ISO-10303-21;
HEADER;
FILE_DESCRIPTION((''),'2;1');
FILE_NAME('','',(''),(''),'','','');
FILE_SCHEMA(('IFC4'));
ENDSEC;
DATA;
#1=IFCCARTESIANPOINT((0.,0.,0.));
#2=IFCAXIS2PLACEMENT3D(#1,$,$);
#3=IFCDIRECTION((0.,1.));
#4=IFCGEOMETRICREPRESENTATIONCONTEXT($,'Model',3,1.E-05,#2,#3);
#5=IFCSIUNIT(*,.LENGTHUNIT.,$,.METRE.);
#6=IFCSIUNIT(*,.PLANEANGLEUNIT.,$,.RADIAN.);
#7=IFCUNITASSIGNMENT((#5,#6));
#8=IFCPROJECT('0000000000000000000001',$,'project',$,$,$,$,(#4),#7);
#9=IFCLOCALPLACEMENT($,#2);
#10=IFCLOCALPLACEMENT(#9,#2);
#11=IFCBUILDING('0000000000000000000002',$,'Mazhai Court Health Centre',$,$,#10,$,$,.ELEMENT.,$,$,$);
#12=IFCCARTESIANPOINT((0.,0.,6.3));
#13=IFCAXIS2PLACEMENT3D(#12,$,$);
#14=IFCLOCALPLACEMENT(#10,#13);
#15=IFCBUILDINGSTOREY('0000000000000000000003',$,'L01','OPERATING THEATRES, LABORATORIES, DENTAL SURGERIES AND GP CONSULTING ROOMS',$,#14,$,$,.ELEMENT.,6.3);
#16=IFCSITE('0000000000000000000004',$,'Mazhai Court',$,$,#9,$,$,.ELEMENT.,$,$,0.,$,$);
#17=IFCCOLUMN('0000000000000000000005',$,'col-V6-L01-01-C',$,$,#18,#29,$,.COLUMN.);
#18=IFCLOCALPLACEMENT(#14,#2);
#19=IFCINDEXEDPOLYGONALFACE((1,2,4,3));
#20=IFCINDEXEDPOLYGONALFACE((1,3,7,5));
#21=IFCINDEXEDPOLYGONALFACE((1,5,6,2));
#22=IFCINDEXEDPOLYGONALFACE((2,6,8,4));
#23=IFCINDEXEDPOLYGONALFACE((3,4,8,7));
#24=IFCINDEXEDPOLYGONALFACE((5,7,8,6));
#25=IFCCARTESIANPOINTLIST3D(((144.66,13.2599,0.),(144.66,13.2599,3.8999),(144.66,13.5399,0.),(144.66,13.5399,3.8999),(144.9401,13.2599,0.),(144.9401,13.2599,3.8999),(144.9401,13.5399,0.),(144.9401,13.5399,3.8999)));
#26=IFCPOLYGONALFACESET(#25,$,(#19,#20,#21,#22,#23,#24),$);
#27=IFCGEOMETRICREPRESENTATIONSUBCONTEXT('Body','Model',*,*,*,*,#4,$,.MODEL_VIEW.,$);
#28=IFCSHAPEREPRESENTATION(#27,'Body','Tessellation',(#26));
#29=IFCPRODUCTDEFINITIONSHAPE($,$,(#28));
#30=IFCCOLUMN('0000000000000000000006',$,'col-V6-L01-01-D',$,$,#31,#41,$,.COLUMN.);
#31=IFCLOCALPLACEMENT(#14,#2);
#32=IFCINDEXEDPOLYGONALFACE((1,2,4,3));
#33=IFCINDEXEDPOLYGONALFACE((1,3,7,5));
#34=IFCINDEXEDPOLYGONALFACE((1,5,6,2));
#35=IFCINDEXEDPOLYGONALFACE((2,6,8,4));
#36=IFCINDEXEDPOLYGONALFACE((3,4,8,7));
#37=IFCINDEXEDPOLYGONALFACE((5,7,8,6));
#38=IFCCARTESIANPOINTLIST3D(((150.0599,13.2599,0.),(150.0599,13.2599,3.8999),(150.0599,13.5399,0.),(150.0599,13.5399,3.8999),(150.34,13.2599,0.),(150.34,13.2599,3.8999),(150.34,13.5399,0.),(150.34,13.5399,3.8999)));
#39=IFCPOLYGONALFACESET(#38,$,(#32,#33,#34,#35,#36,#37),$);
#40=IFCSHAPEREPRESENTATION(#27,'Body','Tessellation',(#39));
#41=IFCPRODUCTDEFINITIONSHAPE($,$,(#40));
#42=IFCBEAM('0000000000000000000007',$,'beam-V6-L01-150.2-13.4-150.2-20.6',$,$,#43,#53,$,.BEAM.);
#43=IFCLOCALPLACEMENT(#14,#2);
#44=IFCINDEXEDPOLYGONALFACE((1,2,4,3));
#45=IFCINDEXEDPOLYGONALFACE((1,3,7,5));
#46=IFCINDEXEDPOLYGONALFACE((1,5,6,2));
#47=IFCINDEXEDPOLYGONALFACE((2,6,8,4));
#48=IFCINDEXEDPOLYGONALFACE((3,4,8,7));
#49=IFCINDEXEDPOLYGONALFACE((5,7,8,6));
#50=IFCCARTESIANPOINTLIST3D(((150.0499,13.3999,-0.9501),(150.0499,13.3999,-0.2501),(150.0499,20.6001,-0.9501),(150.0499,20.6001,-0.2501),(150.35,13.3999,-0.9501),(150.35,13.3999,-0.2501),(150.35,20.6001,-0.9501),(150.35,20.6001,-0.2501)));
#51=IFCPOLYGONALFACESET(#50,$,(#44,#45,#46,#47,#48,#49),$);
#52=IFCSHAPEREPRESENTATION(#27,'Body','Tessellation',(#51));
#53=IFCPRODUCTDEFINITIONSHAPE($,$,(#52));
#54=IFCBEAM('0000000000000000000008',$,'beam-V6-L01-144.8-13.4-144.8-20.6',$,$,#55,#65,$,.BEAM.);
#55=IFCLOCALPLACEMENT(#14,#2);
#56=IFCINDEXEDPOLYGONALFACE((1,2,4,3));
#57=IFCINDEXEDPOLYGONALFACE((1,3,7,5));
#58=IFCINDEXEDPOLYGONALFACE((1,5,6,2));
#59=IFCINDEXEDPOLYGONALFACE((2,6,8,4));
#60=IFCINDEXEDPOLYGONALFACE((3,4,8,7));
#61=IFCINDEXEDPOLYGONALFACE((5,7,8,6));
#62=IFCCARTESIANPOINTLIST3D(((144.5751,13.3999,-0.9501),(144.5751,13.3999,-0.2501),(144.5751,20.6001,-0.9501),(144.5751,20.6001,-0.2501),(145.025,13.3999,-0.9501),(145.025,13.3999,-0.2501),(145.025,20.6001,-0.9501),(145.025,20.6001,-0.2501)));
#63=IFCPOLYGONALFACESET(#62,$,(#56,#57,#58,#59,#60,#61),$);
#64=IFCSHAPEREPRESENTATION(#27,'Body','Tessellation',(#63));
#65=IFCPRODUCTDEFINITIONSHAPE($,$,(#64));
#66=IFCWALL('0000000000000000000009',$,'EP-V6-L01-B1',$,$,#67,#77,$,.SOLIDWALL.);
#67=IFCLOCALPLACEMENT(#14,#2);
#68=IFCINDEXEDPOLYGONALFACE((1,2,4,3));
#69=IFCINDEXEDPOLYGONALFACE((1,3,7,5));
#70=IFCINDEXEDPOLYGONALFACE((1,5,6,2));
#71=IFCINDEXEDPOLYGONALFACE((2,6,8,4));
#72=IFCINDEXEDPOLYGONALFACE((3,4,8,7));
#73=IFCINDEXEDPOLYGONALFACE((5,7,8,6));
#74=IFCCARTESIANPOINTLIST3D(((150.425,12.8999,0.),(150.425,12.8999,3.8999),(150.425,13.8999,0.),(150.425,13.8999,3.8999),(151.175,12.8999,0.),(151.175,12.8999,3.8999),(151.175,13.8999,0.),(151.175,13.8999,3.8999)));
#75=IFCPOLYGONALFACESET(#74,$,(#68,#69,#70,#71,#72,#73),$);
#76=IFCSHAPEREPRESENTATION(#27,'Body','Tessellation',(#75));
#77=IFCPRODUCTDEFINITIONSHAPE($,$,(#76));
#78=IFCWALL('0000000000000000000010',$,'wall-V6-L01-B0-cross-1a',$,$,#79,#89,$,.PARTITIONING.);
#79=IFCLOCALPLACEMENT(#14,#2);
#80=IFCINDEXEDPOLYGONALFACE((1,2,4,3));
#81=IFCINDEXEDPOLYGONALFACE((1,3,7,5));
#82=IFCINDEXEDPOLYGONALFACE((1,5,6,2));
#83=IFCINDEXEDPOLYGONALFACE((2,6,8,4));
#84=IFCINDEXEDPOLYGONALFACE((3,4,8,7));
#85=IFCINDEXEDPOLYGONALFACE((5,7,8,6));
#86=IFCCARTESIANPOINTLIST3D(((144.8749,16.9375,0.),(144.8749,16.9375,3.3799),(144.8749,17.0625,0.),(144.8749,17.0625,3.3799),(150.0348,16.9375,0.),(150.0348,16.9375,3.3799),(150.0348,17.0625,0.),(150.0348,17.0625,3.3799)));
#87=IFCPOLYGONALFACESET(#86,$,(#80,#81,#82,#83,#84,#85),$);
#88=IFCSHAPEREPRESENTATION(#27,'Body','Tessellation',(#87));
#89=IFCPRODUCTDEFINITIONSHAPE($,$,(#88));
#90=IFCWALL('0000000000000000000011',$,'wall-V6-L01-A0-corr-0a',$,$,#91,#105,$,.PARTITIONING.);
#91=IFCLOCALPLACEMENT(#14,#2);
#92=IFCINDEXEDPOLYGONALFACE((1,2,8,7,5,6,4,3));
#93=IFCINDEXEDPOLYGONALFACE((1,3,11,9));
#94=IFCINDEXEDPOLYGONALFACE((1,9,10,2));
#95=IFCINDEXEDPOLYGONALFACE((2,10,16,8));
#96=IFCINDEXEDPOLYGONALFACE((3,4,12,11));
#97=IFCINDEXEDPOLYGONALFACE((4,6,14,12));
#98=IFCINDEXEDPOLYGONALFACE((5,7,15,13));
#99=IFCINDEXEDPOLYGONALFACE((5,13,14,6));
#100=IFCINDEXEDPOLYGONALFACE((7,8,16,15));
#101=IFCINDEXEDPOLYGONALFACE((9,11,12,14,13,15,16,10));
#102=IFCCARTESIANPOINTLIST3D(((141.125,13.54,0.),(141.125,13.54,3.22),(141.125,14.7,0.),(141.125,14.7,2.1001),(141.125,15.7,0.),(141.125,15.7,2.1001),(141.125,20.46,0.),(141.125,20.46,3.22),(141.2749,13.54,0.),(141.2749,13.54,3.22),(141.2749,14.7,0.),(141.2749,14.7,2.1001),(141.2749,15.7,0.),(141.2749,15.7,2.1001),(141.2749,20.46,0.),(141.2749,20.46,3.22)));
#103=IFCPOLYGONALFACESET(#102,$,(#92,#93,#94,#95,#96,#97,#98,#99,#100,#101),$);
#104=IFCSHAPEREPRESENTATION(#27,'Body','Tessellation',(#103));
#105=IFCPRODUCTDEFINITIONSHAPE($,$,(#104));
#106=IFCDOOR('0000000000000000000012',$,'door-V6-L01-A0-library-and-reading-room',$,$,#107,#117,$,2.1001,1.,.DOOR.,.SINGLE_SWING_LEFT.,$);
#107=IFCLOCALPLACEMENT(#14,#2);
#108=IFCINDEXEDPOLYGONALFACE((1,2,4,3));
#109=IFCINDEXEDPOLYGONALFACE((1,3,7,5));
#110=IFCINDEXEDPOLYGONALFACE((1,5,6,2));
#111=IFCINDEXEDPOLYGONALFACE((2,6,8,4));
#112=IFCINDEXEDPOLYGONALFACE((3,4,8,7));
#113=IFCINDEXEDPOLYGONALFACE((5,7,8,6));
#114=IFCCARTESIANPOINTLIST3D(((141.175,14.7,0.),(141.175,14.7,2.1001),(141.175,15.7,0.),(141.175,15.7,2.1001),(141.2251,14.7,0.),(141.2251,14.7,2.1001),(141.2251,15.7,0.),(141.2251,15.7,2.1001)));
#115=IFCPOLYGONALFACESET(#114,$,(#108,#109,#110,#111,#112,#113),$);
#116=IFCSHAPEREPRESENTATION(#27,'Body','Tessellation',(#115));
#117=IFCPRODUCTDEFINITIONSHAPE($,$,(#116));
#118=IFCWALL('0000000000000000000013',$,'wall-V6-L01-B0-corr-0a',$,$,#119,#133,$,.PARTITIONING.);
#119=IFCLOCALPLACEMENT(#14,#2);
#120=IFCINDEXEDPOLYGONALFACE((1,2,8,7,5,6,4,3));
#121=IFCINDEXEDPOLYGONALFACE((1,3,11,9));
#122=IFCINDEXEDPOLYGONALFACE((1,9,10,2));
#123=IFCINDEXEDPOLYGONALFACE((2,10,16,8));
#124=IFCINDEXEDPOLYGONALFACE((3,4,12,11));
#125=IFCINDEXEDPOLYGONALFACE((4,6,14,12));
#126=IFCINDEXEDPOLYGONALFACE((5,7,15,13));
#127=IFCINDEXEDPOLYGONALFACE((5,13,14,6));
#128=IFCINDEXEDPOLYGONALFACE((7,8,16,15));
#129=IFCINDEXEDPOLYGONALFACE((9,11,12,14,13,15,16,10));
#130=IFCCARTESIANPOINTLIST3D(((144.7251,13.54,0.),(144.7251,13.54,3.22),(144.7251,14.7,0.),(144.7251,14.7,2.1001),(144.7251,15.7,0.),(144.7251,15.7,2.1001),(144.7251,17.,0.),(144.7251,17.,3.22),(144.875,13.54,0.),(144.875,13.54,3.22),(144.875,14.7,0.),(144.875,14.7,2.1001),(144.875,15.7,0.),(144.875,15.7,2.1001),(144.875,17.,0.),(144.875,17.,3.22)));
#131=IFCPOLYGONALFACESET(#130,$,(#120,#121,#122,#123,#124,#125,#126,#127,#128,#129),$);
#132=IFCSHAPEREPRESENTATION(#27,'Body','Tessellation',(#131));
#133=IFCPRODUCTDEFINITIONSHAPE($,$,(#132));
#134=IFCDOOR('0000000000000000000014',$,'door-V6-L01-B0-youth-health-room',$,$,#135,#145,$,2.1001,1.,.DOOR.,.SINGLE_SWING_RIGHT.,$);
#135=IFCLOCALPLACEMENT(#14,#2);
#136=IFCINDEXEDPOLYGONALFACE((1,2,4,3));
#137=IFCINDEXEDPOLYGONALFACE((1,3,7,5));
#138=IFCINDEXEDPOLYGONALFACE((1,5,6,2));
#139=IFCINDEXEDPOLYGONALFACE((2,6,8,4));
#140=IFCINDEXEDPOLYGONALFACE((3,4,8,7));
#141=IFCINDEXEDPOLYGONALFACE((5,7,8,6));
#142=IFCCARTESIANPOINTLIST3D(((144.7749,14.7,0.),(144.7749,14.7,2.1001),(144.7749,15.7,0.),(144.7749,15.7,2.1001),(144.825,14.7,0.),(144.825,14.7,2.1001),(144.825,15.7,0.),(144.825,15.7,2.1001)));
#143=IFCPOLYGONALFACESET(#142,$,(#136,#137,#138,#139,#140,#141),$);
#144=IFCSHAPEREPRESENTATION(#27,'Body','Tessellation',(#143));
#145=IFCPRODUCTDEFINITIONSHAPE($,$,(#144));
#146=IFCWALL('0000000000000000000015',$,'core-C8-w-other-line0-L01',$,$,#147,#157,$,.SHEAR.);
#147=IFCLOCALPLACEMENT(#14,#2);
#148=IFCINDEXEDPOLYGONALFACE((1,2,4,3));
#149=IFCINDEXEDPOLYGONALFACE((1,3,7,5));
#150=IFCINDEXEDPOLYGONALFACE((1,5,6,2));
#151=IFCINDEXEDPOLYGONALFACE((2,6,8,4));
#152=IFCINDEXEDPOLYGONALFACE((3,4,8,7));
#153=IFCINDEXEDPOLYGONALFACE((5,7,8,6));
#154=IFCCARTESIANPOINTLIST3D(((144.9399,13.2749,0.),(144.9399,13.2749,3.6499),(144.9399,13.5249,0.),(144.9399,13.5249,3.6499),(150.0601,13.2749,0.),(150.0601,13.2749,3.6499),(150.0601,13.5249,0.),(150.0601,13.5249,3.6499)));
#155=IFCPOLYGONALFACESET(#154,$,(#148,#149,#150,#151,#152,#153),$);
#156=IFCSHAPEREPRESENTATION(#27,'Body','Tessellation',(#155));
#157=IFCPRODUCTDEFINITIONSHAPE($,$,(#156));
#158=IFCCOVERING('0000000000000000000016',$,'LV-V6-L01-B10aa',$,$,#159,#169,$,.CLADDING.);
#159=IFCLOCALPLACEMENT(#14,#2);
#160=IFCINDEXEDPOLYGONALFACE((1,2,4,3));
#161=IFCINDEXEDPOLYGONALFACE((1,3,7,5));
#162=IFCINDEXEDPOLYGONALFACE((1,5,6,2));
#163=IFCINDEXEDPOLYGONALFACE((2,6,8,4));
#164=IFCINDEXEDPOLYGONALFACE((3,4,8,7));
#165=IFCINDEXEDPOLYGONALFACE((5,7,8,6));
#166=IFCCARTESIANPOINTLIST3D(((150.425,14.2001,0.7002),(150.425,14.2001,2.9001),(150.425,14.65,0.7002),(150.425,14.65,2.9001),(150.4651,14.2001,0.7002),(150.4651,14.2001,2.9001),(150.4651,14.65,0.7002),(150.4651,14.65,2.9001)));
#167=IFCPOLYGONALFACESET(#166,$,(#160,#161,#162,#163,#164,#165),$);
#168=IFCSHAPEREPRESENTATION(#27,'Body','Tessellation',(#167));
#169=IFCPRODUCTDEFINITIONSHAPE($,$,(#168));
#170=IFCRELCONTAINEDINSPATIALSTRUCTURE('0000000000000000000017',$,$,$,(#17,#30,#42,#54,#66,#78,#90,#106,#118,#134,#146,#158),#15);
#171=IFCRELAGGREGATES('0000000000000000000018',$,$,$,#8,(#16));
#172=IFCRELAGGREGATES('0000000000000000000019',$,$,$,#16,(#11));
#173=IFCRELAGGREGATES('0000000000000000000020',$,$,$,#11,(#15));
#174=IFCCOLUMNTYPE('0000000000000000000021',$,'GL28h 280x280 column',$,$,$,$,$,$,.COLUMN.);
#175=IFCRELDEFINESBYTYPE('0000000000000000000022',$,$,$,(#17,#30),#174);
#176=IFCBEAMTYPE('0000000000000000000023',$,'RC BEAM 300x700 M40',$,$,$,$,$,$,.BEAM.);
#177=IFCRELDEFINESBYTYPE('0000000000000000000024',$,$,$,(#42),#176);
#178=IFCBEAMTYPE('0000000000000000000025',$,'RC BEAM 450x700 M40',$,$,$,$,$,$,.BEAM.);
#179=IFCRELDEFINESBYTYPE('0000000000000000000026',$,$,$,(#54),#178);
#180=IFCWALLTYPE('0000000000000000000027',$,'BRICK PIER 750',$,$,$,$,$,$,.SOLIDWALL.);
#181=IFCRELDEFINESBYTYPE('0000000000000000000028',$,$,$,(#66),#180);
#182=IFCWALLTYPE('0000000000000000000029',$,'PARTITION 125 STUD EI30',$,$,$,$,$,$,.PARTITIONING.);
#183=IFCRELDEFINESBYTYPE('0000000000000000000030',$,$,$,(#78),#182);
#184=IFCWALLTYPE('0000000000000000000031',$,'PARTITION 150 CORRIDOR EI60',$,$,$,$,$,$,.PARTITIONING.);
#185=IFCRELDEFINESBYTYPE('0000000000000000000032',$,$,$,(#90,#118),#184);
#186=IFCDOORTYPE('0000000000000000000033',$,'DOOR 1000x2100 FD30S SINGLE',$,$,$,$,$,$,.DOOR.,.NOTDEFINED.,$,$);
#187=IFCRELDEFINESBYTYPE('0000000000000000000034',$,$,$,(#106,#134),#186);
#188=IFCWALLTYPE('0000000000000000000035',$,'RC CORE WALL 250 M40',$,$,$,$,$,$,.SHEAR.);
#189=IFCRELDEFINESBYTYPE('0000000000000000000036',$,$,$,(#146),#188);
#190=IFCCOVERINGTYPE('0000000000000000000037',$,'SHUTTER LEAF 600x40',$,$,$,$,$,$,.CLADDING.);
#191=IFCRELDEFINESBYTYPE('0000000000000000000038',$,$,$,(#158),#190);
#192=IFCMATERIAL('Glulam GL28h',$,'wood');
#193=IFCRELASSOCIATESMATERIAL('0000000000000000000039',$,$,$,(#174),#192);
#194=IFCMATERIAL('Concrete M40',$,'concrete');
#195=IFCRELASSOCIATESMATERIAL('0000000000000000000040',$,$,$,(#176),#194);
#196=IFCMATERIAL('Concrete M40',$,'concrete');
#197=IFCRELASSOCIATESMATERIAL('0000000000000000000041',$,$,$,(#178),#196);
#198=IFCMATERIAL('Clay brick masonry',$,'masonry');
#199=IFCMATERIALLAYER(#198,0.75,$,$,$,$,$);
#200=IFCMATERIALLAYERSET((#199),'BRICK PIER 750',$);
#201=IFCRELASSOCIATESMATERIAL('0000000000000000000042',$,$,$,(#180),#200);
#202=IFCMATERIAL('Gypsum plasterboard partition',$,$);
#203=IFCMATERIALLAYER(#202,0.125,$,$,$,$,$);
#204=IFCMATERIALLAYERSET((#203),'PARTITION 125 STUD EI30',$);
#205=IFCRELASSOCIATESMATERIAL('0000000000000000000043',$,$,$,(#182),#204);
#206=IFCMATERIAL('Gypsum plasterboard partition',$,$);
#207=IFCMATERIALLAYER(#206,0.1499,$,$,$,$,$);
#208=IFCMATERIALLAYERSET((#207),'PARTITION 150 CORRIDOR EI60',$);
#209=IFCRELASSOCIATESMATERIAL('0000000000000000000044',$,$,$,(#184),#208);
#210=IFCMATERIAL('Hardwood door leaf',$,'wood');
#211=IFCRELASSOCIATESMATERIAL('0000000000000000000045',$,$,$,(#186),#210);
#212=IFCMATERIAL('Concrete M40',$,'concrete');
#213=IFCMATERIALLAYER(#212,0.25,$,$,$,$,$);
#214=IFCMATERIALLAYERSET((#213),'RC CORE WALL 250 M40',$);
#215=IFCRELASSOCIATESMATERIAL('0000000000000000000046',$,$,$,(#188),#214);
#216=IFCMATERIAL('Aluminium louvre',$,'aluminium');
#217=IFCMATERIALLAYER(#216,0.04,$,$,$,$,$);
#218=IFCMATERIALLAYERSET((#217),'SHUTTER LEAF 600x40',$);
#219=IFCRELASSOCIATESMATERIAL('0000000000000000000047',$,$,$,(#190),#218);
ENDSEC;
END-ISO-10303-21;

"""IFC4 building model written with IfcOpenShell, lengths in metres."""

from ifc_helpers import new_model, si_unit, direction, frame, frame_2d, origin, origin_2d, place, context, subcontext, project, spatial, rectangle, extrude, material, layer, layer_set, material_profile, profile_set, type_object, element, fill, save


model = new_model("IFC4")

# Units and contexts
model_context = context("Model", 3, precision=1e-05, world=origin(), true_north=direction((0.0, 1.0)))
body_context = subcontext(model_context, "Body", "Model", "MODEL_VIEW")
ifc_project = project(units=[si_unit("LENGTHUNIT", "METRE"), si_unit("PLANEANGLEUNIT", "RADIAN")], contexts=[model_context])

# Site, building, storey
site_placement = place(None, origin())
site = spatial("IfcSite", under=ifc_project, at=site_placement, Name="Mazhai Court", CompositionType="ELEMENT", RefElevation=0.0)
building_placement = place(site_placement, origin())
building = spatial("IfcBuilding", under=site, at=building_placement, Name="Mazhai Court Health Centre", CompositionType="ELEMENT")
storey_placement = place(building_placement, frame((0.0, 0.0, 6.3)))
storey = spatial("IfcBuildingStorey", under=building, at=storey_placement, Name="L01", Description="OPERATING THEATRES, LABORATORIES, DENTAL SURGERIES AND GP CONSULTING ROOMS", CompositionType="ELEMENT", Elevation=6.3)

# Columns
ifc_material_1 = material(Name="Glulam GL28h", Category="wood")
ifc_material_profile_1 = material_profile(ifc_material_1, rectangle(XDim=0.28, YDim=0.28, at=origin_2d()), Name="GL28h 280x280")
ifc_profile_set_1 = profile_set([ifc_material_profile_1], Name="Glulam GL28h")
column_type = type_object("IfcColumnType", Name="GL28h 280x280 column", PredefinedType="COLUMN", material=ifc_profile_set_1)
for number, where, z_axis, x_axis, name in (
    (1, (144.8, 13.3999, 0.0), (0.0, 0.0, 1.0), (1.0, 0.0, 0.0), "col-V6-L01-01-C"),
    (2, (150.2, 13.3999, 0.0), (0.0, 0.0, 1.0), (1.0, 0.0, 0.0), "col-V6-L01-01-D"),
):
    element("IfcColumn", number, at=place(storey_placement, frame(where, z_axis=z_axis, x_axis=x_axis)), inside=storey, type_object=column_type, Name=name, PredefinedType="COLUMN", context=body_context, shape_type="SweptSolid", body=[
        extrude(rectangle(XDim=0.28, YDim=0.28, at=origin_2d()), origin(), (0.0, 0.0, 1.0), 3.8999),
    ])

# Beams
ifc_material_2 = material(Name="Concrete M40", Category="concrete")
ifc_material_profile_2 = material_profile(ifc_material_2, rectangle(XDim=0.3, YDim=0.7, at=origin_2d()), Name="RC 300x700")
ifc_profile_set_2 = profile_set([ifc_material_profile_2], Name="Concrete M40")
beam_type_1 = type_object("IfcBeamType", Name="RC BEAM 300x700 M40", PredefinedType="BEAM", material=ifc_profile_set_2)
beam_1_placement = place(storey_placement, frame((150.2, 13.3999, -0.6001), z_axis=(0.0, 1.0, 0.0), x_axis=(-1.0, 0.0, 0.0)))
element("IfcBeam", 3, at=beam_1_placement, inside=storey, type_object=beam_type_1, Name="beam-V6-L01-150.2-13.4-150.2-20.6", PredefinedType="BEAM", context=body_context, shape_type="SweptSolid", body=[
    extrude(rectangle(XDim=0.3, YDim=0.7, at=origin_2d()), origin(), (0.0, 0.0, 1.0), 7.2002),
])
ifc_material_3 = material(Name="Concrete M40", Category="concrete")
ifc_material_profile_3 = material_profile(ifc_material_3, rectangle(XDim=0.45, YDim=0.7, at=origin_2d()), Name="RC 450x700")
ifc_profile_set_3 = profile_set([ifc_material_profile_3], Name="Concrete M40")
beam_type_2 = type_object("IfcBeamType", Name="RC BEAM 450x700 M40", PredefinedType="BEAM", material=ifc_profile_set_3)
beam_2_placement = place(storey_placement, frame((144.8, 13.3999, -0.6001), z_axis=(0.0, 1.0, 0.0), x_axis=(-1.0, 0.0, 0.0)))
element("IfcBeam", 4, at=beam_2_placement, inside=storey, type_object=beam_type_2, Name="beam-V6-L01-144.8-13.4-144.8-20.6", PredefinedType="BEAM", context=body_context, shape_type="SweptSolid", body=[
    extrude(rectangle(XDim=0.45, YDim=0.7, at=origin_2d()), origin(), (0.0, 0.0, 1.0), 7.2002),
])

# Walls
ifc_material_4 = material(Name="Clay brick masonry", Category="masonry")
ifc_layer_1 = layer(ifc_material_4, 0.75)
ifc_layer_set_1 = layer_set([ifc_layer_1], Name="BRICK PIER 750")
wall_type_1 = type_object("IfcWallType", Name="BRICK PIER 750", PredefinedType="SOLIDWALL", material=ifc_layer_set_1)
wall_1_placement = place(storey_placement, frame((150.8, 13.8999, 0.0), z_axis=(0.0, 0.0, 1.0), x_axis=(0.0, -1.0, 0.0)))
element("IfcWall", 5, at=wall_1_placement, inside=storey, type_object=wall_type_1, Name="EP-V6-L01-B1", PredefinedType="SOLIDWALL", context=body_context, shape_type="SweptSolid", body=[
    extrude(rectangle(XDim=1.0, YDim=0.75, at=frame_2d((0.5, 0.0))), origin(), (0.0, 0.0, 1.0), 3.8999),
])
ifc_material_5 = material(Name="Gypsum plasterboard partition")
ifc_layer_2 = layer(ifc_material_5, 0.125)
ifc_layer_set_2 = layer_set([ifc_layer_2], Name="PARTITION 125 STUD EI30")
wall_type_2 = type_object("IfcWallType", Name="PARTITION 125 STUD EI30", PredefinedType="PARTITIONING", material=ifc_layer_set_2)
wall_2_placement = place(storey_placement, frame((150.0349, 17.0, 0.0), z_axis=(0.0, 0.0, 1.0), x_axis=(-1.0, 0.0, 0.0)))
element("IfcWall", 6, at=wall_2_placement, inside=storey, type_object=wall_type_2, Name="wall-V6-L01-B0-cross-1a", PredefinedType="PARTITIONING", context=body_context, shape_type="SweptSolid", body=[
    extrude(rectangle(XDim=5.1599, YDim=0.125, at=frame_2d((2.5801, 0.0))), origin(), (0.0, 0.0, 1.0), 3.3799),
])

# Walls, openings, doors
ifc_material_6 = material(Name="Gypsum plasterboard partition")
ifc_layer_3 = layer(ifc_material_6, 0.1499)
ifc_layer_set_3 = layer_set([ifc_layer_3], Name="PARTITION 150 CORRIDOR EI60")
wall_type_3 = type_object("IfcWallType", Name="PARTITION 150 CORRIDOR EI60", PredefinedType="PARTITIONING", material=ifc_layer_set_3)
wall_3_placement = place(storey_placement, frame((141.2, 13.54, 0.0), z_axis=(0.0, 0.0, 1.0), x_axis=(0.0, 1.0, 0.0)))
wall_3 = element("IfcWall", 7, at=wall_3_placement, inside=storey, type_object=wall_type_3, Name="wall-V6-L01-A0-corr-0a", PredefinedType="PARTITIONING", context=body_context, shape_type="SweptSolid", body=[
    extrude(rectangle(XDim=6.9199, YDim=0.1499, at=frame_2d((3.46, 0.0))), origin(), (0.0, 0.0, 1.0), 3.22),
])
opening_1_placement = place(wall_3_placement, frame((1.1599, 0.0, 0.0)))
opening_1 = element("IfcOpeningElement", 8, at=opening_1_placement, cuts=wall_3, PredefinedType="OPENING", context=body_context, shape_type="SweptSolid", body=[
    extrude(rectangle(XDim=1.0, YDim=2.1001, at=frame_2d((0.5, 1.05))), frame((0.0, 0.085, 0.0), z_axis=(0.0, -1.0, 0.0), x_axis=(1.0, 0.0, 0.0)), (0.0, 0.0, 1.0), 0.1699),
])
ifc_material_7 = material(Name="Hardwood door leaf", Category="wood")
door_type = type_object("IfcDoorType", Name="DOOR 1000x2100 FD30S SINGLE", OperationType="NOTDEFINED", PredefinedType="DOOR", material=ifc_material_7)
door_1_placement = place(opening_1_placement, origin())
door_1 = element("IfcDoor", 9, at=door_1_placement, inside=storey, type_object=door_type, Name="door-V6-L01-A0-library-and-reading-room", OperationType="SINGLE_SWING_LEFT", OverallHeight=2.1001, OverallWidth=1.0, PredefinedType="DOOR", context=body_context, shape_type="SweptSolid", body=[
    extrude(rectangle(XDim=1.0, YDim=2.1001, at=frame_2d((0.5, 1.05))), frame((0.0, 0.0249, 0.0), z_axis=(0.0, -1.0, 0.0), x_axis=(1.0, 0.0, 0.0)), (0.0, 0.0, 1.0), 0.05),
])
fill(opening_1, door_1)
wall_4_placement = place(storey_placement, frame((144.8, 17.0, 0.0), z_axis=(0.0, 0.0, 1.0), x_axis=(0.0, -1.0, 0.0)))
wall_4 = element("IfcWall", 10, at=wall_4_placement, inside=storey, type_object=wall_type_3, Name="wall-V6-L01-B0-corr-0a", PredefinedType="PARTITIONING", context=body_context, shape_type="SweptSolid", body=[
    extrude(rectangle(XDim=3.46, YDim=0.1499, at=frame_2d((1.73, 0.0))), origin(), (0.0, 0.0, 1.0), 3.22),
])
opening_2_placement = place(wall_4_placement, frame((1.3, 0.0, 0.0)))
opening_2 = element("IfcOpeningElement", 11, at=opening_2_placement, cuts=wall_4, PredefinedType="OPENING", context=body_context, shape_type="SweptSolid", body=[
    extrude(rectangle(XDim=1.0, YDim=2.1001, at=frame_2d((0.5, 1.05))), frame((0.0, 0.085, 0.0), z_axis=(0.0, -1.0, 0.0), x_axis=(1.0, 0.0, 0.0)), (0.0, 0.0, 1.0), 0.1699),
])
door_2_placement = place(opening_2_placement, origin())
door_2 = element("IfcDoor", 12, at=door_2_placement, inside=storey, type_object=door_type, Name="door-V6-L01-B0-youth-health-room", OperationType="SINGLE_SWING_RIGHT", OverallHeight=2.1001, OverallWidth=1.0, PredefinedType="DOOR", context=body_context, shape_type="SweptSolid", body=[
    extrude(rectangle(XDim=1.0, YDim=2.1001, at=frame_2d((0.5, 1.05))), frame((0.0, 0.0249, 0.0), z_axis=(0.0, -1.0, 0.0), x_axis=(1.0, 0.0, 0.0)), (0.0, 0.0, 1.0), 0.05),
])
fill(opening_2, door_2)

# Wall
ifc_material_8 = material(Name="Concrete M40", Category="concrete")
ifc_layer_4 = layer(ifc_material_8, 0.25)
ifc_layer_set_4 = layer_set([ifc_layer_4], Name="RC CORE WALL 250 M40")
wall_type_4 = type_object("IfcWallType", Name="RC CORE WALL 250 M40", PredefinedType="SHEAR", material=ifc_layer_set_4)
wall_5_placement = place(storey_placement, frame((144.9399, 13.3999, 0.0), z_axis=(0.0, 0.0, 1.0), x_axis=(1.0, 0.0, 0.0)))
element("IfcWall", 13, at=wall_5_placement, inside=storey, type_object=wall_type_4, Name="core-C8-w-other-line0-L01", PredefinedType="SHEAR", context=body_context, shape_type="SweptSolid", body=[
    extrude(rectangle(XDim=5.1201, YDim=0.25, at=frame_2d((2.5601, 0.0))), origin(), (0.0, 0.0, 1.0), 3.6499),
])

# Covering
ifc_material_9 = material(Name="Aluminium louvre", Category="aluminium")
ifc_layer_5 = layer(ifc_material_9, 0.04)
ifc_layer_set_5 = layer_set([ifc_layer_5], Name="SHUTTER LEAF 600x40")
covering_type = type_object("IfcCoveringType", Name="SHUTTER LEAF 600x40", PredefinedType="CLADDING", material=ifc_layer_set_5)
for number, where, z_axis, x_axis, name in (
    (14, (150.4451, 14.425, 0.7002), (0.0, 0.0, 1.0), (0.0, 1.0, 0.0), "LV-V6-L01-B10aa"),
):
    element("IfcCovering", number, at=place(storey_placement, frame(where, z_axis=z_axis, x_axis=x_axis)), inside=storey, type_object=covering_type, Name=name, PredefinedType="CLADDING", context=body_context, shape_type="SweptSolid", body=[
        extrude(rectangle(XDim=0.45, YDim=0.04, at=origin_2d()), origin(), (0.0, 0.0, 1.0), 2.2),
    ])

save(model, "model.ifc")
